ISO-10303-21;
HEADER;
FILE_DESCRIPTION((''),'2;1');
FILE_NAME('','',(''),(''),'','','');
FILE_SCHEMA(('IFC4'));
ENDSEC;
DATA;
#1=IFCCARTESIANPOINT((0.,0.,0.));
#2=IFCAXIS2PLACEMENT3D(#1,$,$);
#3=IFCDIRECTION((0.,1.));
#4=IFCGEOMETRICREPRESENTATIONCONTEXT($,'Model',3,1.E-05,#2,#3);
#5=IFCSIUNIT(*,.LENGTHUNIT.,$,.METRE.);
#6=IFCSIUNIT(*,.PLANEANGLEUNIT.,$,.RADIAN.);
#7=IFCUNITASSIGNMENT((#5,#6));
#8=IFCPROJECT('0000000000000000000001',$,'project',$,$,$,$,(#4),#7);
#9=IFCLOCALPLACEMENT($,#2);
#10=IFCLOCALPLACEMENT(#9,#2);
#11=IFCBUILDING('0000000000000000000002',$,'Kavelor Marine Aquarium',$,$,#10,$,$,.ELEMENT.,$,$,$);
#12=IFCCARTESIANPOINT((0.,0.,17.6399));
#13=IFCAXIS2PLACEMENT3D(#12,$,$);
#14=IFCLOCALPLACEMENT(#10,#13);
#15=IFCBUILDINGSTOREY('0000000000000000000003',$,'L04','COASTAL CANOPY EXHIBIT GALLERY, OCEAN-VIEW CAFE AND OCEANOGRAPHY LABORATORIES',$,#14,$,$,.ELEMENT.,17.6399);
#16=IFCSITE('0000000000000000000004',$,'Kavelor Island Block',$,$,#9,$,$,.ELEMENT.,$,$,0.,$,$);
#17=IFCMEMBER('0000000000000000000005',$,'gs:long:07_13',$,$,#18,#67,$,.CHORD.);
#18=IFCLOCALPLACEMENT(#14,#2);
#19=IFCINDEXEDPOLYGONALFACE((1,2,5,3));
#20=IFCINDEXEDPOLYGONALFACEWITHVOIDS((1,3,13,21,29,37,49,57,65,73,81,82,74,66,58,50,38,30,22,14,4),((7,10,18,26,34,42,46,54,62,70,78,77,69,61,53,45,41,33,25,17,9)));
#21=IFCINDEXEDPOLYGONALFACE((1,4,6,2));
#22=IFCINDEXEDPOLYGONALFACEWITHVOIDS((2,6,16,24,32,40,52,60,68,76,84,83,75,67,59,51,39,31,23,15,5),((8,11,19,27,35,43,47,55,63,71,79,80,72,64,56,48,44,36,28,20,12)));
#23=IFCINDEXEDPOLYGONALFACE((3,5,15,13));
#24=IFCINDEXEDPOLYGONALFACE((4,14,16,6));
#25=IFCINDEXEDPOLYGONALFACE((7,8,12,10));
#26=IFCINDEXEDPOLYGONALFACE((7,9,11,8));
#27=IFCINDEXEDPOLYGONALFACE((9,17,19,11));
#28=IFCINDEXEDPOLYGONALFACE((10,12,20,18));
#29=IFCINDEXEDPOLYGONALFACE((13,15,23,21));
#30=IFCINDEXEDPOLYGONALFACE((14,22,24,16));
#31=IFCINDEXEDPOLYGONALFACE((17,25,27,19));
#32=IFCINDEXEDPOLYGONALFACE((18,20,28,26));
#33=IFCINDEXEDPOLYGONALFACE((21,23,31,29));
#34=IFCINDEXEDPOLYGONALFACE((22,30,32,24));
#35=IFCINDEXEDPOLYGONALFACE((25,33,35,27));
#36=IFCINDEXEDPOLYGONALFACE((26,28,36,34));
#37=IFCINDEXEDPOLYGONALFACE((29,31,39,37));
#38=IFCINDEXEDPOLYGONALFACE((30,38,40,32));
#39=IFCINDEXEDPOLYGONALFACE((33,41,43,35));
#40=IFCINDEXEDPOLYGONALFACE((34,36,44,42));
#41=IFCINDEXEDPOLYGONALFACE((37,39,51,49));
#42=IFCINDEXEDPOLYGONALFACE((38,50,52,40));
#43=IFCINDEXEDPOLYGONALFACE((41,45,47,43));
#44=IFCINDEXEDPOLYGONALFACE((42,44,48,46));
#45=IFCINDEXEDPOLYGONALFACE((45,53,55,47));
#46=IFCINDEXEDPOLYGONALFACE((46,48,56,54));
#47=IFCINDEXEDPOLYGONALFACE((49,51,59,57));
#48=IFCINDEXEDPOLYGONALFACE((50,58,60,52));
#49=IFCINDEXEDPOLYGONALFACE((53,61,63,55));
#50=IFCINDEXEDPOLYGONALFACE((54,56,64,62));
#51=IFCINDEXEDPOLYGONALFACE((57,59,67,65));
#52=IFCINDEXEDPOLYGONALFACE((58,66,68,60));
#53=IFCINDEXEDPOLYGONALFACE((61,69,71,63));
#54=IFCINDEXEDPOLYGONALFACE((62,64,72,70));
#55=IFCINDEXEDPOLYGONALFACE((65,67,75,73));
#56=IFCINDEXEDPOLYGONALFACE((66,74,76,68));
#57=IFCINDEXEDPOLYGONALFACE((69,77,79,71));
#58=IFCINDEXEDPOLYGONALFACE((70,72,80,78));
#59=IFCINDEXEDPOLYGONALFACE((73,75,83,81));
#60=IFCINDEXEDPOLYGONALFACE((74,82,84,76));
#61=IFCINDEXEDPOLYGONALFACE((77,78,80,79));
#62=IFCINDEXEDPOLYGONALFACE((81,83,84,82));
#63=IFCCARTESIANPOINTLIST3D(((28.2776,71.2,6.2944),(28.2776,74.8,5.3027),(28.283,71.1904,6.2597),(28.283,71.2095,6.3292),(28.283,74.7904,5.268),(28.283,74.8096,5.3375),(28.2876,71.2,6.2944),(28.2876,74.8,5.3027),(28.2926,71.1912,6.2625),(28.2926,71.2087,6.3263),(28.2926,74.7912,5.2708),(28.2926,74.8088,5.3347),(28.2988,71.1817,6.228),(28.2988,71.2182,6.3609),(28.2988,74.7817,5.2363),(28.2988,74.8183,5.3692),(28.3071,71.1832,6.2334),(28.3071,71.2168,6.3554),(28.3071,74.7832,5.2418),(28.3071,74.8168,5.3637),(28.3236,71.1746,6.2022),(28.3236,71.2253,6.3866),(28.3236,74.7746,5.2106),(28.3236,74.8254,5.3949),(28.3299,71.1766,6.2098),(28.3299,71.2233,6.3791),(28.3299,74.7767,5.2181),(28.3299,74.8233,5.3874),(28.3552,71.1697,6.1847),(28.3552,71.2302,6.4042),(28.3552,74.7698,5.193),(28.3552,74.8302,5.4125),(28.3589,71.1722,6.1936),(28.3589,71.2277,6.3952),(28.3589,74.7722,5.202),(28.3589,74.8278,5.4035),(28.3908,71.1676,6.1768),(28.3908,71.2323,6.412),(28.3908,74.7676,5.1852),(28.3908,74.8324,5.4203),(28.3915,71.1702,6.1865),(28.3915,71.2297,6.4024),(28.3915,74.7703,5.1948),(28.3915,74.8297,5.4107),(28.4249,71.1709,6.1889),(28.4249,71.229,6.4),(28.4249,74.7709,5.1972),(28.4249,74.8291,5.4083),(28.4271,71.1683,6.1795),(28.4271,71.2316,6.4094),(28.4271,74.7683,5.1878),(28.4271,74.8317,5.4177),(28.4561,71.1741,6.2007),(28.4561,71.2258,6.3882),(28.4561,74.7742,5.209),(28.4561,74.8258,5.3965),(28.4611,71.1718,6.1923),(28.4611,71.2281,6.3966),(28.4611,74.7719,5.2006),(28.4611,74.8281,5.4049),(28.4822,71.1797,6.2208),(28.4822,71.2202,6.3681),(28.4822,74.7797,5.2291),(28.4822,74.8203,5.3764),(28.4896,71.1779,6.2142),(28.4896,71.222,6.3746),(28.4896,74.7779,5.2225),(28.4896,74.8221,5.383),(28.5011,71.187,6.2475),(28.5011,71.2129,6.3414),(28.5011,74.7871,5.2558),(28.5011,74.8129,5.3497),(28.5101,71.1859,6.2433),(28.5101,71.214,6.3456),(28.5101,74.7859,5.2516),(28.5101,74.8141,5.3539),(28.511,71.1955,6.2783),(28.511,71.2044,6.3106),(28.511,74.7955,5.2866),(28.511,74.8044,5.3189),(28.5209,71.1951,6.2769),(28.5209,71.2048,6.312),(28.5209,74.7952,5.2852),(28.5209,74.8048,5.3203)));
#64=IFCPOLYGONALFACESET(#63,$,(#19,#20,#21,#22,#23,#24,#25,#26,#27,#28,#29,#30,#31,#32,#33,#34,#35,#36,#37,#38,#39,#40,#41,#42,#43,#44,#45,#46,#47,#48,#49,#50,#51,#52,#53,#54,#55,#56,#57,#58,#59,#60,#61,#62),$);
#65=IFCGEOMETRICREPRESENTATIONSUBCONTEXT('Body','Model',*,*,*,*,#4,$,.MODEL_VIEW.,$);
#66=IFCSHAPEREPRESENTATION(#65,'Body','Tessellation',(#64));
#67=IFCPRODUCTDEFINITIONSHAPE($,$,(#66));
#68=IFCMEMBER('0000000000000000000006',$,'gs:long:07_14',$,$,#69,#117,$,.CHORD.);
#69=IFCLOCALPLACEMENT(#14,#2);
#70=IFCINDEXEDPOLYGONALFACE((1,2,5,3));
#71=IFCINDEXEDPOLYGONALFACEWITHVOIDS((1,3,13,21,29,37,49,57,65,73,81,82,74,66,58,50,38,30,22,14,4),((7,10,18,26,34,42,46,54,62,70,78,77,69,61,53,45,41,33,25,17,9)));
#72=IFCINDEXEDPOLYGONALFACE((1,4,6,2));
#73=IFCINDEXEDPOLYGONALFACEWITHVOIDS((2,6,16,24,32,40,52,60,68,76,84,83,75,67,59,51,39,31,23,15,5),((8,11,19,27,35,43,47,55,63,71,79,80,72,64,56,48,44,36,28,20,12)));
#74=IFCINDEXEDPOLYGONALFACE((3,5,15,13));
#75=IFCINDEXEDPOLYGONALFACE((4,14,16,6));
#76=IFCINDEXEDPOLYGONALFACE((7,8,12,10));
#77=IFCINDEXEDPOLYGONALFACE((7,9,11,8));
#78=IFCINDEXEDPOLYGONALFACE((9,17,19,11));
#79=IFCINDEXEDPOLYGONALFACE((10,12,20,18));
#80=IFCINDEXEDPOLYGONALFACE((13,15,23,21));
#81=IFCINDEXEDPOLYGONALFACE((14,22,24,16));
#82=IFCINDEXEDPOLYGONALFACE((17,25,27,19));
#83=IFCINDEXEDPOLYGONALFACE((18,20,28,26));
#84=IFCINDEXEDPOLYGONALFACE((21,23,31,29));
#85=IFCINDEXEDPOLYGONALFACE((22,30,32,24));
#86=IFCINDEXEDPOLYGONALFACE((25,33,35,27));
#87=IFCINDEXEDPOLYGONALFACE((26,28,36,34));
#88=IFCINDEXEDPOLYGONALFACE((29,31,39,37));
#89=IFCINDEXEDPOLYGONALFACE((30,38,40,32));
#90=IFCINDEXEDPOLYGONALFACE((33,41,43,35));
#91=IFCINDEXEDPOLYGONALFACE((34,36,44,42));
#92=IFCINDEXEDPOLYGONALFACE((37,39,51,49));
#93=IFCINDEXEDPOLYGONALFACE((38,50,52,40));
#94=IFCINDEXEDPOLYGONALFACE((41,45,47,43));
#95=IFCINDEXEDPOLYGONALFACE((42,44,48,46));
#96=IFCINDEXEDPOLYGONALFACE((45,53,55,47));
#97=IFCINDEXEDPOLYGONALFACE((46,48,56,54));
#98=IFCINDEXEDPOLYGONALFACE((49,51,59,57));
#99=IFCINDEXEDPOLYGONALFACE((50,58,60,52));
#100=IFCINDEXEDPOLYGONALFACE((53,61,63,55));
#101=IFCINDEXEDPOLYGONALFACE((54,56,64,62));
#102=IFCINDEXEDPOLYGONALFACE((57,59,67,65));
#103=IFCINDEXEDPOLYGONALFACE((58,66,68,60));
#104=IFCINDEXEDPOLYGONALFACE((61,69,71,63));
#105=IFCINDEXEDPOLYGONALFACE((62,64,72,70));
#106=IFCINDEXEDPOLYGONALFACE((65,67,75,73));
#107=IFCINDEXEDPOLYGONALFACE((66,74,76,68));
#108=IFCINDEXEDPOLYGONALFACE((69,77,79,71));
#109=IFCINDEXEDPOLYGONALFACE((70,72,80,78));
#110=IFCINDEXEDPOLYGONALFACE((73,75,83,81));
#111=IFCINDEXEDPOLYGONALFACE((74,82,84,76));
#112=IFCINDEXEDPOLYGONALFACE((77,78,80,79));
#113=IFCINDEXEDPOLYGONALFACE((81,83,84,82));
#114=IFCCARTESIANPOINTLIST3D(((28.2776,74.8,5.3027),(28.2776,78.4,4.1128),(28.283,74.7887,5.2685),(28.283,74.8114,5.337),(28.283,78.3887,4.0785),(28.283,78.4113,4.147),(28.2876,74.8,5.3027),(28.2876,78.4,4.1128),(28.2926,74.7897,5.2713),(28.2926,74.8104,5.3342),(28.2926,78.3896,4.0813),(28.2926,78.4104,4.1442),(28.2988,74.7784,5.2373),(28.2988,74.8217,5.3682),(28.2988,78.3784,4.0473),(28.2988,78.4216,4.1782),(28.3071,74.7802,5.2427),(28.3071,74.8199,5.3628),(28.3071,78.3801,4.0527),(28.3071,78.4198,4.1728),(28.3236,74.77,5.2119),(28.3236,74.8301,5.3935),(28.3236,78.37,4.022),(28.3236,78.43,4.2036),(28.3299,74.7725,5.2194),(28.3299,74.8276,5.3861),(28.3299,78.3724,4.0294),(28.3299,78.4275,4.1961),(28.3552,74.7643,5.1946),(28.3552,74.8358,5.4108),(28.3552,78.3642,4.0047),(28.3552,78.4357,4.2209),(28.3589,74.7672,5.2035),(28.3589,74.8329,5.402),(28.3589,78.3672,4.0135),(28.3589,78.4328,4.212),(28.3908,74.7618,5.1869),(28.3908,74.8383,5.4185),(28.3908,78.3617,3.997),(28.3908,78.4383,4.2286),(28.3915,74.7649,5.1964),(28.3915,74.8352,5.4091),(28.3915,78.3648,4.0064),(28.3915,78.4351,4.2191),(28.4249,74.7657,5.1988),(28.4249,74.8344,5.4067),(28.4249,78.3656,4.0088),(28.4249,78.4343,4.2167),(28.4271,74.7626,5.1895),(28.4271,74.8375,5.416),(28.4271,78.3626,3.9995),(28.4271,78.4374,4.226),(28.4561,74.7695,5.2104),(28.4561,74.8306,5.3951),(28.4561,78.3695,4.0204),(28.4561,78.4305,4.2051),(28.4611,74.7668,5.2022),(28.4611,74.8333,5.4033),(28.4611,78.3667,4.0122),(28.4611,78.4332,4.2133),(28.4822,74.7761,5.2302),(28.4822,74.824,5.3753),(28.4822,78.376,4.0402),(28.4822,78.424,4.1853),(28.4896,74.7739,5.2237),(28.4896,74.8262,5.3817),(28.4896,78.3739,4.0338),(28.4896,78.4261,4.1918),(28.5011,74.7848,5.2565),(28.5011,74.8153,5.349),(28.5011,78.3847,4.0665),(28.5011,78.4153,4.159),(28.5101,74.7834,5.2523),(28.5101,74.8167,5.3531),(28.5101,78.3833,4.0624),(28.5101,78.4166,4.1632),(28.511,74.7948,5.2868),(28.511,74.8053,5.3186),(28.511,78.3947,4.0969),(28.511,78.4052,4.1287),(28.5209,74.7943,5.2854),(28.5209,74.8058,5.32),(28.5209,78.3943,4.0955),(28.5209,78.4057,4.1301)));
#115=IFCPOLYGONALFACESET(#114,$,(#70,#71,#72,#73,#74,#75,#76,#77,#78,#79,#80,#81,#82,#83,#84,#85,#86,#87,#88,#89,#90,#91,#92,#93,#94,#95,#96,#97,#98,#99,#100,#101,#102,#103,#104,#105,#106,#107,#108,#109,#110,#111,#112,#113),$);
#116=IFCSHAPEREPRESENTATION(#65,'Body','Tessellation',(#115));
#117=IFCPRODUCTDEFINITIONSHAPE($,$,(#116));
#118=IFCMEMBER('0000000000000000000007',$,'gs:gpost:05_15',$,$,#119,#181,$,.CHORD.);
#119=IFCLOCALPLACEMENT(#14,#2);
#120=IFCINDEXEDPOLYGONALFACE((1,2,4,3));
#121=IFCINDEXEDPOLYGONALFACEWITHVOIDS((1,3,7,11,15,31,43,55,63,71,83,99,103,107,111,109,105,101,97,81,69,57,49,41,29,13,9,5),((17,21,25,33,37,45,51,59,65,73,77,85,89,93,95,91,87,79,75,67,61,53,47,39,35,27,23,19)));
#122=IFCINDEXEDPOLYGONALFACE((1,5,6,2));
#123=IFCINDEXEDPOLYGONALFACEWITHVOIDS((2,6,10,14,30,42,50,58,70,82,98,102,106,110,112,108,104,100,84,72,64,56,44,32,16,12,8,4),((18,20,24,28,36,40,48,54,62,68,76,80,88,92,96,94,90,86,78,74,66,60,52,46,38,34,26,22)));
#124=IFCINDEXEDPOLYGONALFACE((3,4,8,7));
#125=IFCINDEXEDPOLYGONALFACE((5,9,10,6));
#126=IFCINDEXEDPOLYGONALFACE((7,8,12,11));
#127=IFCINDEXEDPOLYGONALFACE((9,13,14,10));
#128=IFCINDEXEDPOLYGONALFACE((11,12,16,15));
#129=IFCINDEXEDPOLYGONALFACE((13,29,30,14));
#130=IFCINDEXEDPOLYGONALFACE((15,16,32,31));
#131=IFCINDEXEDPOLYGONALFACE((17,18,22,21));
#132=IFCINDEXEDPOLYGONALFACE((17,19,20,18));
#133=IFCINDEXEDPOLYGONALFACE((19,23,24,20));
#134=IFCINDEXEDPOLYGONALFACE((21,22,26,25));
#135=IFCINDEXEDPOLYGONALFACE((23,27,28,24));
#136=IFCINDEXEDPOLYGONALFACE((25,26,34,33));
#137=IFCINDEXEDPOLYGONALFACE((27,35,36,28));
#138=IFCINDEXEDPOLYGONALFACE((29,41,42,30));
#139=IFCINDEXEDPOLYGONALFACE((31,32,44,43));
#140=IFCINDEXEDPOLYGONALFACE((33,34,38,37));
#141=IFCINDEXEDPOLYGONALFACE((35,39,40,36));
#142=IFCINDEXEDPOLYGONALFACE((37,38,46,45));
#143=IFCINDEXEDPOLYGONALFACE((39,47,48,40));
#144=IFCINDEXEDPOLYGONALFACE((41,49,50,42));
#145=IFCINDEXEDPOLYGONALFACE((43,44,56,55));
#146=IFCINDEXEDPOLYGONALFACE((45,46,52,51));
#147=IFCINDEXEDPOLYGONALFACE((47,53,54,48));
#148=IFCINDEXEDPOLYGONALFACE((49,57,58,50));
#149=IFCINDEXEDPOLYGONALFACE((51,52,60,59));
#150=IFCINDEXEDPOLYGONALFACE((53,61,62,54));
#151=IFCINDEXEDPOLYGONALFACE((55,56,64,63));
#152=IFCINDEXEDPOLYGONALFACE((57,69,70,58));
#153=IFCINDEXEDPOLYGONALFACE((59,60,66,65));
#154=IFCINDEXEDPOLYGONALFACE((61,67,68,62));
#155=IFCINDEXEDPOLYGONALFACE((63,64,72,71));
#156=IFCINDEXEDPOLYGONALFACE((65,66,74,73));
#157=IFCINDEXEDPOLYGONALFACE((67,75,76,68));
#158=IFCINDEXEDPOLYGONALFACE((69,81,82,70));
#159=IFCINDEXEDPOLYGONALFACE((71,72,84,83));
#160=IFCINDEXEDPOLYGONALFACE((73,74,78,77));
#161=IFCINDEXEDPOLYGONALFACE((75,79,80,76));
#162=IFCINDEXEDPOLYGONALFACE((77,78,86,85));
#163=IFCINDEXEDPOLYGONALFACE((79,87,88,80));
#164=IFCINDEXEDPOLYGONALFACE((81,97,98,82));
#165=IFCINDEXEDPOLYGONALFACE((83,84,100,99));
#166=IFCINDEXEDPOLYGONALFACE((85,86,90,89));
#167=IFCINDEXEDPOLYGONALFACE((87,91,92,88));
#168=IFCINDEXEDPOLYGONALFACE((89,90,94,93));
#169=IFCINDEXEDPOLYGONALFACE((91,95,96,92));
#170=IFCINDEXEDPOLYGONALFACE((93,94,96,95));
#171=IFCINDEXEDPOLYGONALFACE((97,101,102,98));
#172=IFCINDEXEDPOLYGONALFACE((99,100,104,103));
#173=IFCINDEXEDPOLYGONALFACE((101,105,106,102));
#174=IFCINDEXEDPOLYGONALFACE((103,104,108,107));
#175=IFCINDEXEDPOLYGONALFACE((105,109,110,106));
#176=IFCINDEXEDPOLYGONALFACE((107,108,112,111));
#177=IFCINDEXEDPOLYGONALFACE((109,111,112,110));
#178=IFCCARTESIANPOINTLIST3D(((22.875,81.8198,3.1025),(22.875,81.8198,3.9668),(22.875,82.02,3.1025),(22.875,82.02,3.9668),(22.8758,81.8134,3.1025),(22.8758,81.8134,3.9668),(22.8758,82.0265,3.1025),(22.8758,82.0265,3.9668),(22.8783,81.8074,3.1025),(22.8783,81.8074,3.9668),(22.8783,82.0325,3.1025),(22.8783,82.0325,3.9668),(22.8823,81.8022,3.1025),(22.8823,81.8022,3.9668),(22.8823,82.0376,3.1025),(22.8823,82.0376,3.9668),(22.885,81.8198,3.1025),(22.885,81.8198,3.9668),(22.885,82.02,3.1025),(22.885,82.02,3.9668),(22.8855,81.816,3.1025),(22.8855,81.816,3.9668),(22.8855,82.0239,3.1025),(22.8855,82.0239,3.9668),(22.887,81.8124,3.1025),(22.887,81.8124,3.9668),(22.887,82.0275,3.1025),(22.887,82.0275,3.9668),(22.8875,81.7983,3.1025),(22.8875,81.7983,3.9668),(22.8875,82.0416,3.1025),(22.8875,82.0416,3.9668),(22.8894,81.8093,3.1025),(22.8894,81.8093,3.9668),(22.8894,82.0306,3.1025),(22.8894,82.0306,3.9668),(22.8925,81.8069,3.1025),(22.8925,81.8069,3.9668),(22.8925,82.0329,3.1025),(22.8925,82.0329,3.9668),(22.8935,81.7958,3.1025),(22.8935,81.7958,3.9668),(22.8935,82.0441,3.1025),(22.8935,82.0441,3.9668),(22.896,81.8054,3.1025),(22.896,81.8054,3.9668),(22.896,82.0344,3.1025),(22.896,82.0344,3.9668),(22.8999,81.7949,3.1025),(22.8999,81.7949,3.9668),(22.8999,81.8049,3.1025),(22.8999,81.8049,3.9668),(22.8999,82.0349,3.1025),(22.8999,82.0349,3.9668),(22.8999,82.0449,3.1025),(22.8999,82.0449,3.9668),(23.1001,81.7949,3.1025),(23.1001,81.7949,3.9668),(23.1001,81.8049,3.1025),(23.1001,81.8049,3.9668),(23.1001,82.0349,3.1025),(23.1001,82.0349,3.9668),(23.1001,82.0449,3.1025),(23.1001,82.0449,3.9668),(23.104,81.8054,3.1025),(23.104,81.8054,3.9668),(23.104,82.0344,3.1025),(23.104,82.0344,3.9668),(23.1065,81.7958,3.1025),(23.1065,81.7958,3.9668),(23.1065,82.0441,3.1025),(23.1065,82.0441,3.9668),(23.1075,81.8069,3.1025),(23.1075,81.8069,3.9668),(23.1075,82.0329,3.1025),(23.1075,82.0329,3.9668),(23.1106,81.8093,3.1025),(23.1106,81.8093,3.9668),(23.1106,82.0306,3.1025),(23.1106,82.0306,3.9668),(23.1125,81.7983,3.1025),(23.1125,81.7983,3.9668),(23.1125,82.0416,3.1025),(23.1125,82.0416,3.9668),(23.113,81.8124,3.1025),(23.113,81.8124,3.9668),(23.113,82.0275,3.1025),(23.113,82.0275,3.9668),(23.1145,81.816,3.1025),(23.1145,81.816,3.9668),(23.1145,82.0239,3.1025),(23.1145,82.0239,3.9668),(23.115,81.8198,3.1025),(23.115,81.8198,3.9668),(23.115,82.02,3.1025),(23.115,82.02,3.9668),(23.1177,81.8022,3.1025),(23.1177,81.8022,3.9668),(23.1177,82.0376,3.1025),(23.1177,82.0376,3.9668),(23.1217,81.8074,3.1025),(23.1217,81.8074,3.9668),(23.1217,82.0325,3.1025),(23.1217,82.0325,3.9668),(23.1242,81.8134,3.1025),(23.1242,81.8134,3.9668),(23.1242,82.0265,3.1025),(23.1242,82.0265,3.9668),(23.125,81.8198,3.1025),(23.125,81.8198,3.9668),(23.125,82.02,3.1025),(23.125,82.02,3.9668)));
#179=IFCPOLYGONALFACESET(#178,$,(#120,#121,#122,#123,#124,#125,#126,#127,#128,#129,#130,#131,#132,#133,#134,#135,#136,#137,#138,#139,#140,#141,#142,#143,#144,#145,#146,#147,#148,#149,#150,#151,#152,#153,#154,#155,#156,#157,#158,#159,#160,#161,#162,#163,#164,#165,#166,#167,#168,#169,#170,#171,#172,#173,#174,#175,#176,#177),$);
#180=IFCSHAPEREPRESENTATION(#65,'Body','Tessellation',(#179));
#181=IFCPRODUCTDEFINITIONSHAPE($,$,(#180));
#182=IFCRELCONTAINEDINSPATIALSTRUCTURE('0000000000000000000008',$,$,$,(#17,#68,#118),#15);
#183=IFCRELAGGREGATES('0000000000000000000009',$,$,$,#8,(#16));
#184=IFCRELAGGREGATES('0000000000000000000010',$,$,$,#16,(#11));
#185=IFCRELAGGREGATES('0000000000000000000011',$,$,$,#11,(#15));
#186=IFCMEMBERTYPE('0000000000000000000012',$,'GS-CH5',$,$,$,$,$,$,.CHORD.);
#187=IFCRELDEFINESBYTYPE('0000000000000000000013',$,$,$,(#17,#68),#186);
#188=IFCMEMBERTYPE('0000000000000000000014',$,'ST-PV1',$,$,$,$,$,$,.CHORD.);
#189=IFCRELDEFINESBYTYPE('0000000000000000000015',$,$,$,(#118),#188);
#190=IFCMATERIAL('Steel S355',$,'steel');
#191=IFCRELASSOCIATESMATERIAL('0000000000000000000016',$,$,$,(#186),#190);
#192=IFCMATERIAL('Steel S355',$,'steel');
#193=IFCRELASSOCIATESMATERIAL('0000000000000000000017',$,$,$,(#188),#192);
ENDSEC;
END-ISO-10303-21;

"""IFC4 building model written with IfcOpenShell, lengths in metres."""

from ifc_helpers import new_model, si_unit, direction, frame, origin, origin_2d, place, context, subcontext, project, spatial, hollow_rectangle, hollow_circle, extrude, material, material_profile, profile_set, type_object, element, save


model = new_model("IFC4")

# Units and contexts
model_context = context("Model", 3, precision=1e-05, world=origin(), true_north=direction((0.0, 1.0)))
body_context = subcontext(model_context, "Body", "Model", "MODEL_VIEW")
ifc_project = project(units=[si_unit("LENGTHUNIT", "METRE"), si_unit("PLANEANGLEUNIT", "RADIAN")], contexts=[model_context])

# Site, building, storey
site_placement = place(None, origin())
site = spatial("IfcSite", under=ifc_project, at=site_placement, Name="Kavelor Island Block", CompositionType="ELEMENT", RefElevation=0.0)
building_placement = place(site_placement, origin())
building = spatial("IfcBuilding", under=site, at=building_placement, Name="Kavelor Marine Aquarium", CompositionType="ELEMENT")
storey_placement = place(building_placement, frame((0.0, 0.0, 17.6399)))
storey = spatial("IfcBuildingStorey", under=building, at=storey_placement, Name="L04", Description="COASTAL CANOPY EXHIBIT GALLERY, OCEAN-VIEW CAFE AND OCEANOGRAPHY LABORATORIES", CompositionType="ELEMENT", Elevation=17.6399)

# Members
ifc_material_1 = material(Name="Steel S355", Category="steel")
ifc_material_profile_1 = material_profile(ifc_material_1, hollow_circle(Radius=0.1223, WallThickness=0.01, at=origin_2d()), Name="CHS 244.5x10.0")
ifc_profile_set_1 = profile_set([ifc_material_profile_1], Name="Steel S355")
member_type_1 = type_object("IfcMemberType", Name="GS-CH5", PredefinedType="CHORD", material=ifc_profile_set_1)
member_1_placement = place(storey_placement, frame((28.3999, 71.2, 6.2944), z_axis=(0.0, 0.964091, -0.265573), x_axis=(-1.0, 0.0, 0.0)))
element("IfcMember", 1, at=member_1_placement, inside=storey, type_object=member_type_1, Name="gs:long:07_13", PredefinedType="CHORD", context=body_context, shape_type="SweptSolid", body=[
    extrude(hollow_circle(Radius=0.1223, WallThickness=0.01, at=origin_2d()), origin(), (0.0, 0.0, 1.0), 3.7341),
])
member_2_placement = place(storey_placement, frame((28.3999, 74.8, 5.3027), z_axis=(0.0, 0.949472, -0.313851), x_axis=(-1.0, 0.0, 0.0)))
element("IfcMember", 2, at=member_2_placement, inside=storey, type_object=member_type_1, Name="gs:long:07_14", PredefinedType="CHORD", context=body_context, shape_type="SweptSolid", body=[
    extrude(hollow_circle(Radius=0.1223, WallThickness=0.01, at=origin_2d()), origin(), (0.0, 0.0, 1.0), 3.7915),
])
ifc_material_2 = material(Name="Steel S355", Category="steel")
ifc_material_profile_2 = material_profile(ifc_material_2, hollow_rectangle(XDim=0.25, YDim=0.25, WallThickness=0.01, InnerFilletRadius=0.0149, OuterFilletRadius=0.0249, at=origin_2d()), Name="SHS 250x250x10.0")
ifc_profile_set_2 = profile_set([ifc_material_profile_2], Name="Steel S355")
member_type_2 = type_object("IfcMemberType", Name="ST-PV1", PredefinedType="CHORD", material=ifc_profile_set_2)
for number, where, z_axis, x_axis, name in (
    (3, (23.0, 81.9199, 3.1025), (0.0, 0.0, 1.0), (1.0, 0.0, 0.0), "gs:gpost:05_15"),
):
    element("IfcMember", number, at=place(storey_placement, frame(where, z_axis=z_axis, x_axis=x_axis)), inside=storey, type_object=member_type_2, Name=name, PredefinedType="CHORD", context=body_context, shape_type="SweptSolid", body=[
        extrude(hollow_rectangle(XDim=0.25, YDim=0.25, WallThickness=0.01, InnerFilletRadius=0.0149, OuterFilletRadius=0.0249, at=origin_2d()), origin(), (0.0, 0.0, 1.0), 0.8643),
    ])

save(model, "model.ifc")
